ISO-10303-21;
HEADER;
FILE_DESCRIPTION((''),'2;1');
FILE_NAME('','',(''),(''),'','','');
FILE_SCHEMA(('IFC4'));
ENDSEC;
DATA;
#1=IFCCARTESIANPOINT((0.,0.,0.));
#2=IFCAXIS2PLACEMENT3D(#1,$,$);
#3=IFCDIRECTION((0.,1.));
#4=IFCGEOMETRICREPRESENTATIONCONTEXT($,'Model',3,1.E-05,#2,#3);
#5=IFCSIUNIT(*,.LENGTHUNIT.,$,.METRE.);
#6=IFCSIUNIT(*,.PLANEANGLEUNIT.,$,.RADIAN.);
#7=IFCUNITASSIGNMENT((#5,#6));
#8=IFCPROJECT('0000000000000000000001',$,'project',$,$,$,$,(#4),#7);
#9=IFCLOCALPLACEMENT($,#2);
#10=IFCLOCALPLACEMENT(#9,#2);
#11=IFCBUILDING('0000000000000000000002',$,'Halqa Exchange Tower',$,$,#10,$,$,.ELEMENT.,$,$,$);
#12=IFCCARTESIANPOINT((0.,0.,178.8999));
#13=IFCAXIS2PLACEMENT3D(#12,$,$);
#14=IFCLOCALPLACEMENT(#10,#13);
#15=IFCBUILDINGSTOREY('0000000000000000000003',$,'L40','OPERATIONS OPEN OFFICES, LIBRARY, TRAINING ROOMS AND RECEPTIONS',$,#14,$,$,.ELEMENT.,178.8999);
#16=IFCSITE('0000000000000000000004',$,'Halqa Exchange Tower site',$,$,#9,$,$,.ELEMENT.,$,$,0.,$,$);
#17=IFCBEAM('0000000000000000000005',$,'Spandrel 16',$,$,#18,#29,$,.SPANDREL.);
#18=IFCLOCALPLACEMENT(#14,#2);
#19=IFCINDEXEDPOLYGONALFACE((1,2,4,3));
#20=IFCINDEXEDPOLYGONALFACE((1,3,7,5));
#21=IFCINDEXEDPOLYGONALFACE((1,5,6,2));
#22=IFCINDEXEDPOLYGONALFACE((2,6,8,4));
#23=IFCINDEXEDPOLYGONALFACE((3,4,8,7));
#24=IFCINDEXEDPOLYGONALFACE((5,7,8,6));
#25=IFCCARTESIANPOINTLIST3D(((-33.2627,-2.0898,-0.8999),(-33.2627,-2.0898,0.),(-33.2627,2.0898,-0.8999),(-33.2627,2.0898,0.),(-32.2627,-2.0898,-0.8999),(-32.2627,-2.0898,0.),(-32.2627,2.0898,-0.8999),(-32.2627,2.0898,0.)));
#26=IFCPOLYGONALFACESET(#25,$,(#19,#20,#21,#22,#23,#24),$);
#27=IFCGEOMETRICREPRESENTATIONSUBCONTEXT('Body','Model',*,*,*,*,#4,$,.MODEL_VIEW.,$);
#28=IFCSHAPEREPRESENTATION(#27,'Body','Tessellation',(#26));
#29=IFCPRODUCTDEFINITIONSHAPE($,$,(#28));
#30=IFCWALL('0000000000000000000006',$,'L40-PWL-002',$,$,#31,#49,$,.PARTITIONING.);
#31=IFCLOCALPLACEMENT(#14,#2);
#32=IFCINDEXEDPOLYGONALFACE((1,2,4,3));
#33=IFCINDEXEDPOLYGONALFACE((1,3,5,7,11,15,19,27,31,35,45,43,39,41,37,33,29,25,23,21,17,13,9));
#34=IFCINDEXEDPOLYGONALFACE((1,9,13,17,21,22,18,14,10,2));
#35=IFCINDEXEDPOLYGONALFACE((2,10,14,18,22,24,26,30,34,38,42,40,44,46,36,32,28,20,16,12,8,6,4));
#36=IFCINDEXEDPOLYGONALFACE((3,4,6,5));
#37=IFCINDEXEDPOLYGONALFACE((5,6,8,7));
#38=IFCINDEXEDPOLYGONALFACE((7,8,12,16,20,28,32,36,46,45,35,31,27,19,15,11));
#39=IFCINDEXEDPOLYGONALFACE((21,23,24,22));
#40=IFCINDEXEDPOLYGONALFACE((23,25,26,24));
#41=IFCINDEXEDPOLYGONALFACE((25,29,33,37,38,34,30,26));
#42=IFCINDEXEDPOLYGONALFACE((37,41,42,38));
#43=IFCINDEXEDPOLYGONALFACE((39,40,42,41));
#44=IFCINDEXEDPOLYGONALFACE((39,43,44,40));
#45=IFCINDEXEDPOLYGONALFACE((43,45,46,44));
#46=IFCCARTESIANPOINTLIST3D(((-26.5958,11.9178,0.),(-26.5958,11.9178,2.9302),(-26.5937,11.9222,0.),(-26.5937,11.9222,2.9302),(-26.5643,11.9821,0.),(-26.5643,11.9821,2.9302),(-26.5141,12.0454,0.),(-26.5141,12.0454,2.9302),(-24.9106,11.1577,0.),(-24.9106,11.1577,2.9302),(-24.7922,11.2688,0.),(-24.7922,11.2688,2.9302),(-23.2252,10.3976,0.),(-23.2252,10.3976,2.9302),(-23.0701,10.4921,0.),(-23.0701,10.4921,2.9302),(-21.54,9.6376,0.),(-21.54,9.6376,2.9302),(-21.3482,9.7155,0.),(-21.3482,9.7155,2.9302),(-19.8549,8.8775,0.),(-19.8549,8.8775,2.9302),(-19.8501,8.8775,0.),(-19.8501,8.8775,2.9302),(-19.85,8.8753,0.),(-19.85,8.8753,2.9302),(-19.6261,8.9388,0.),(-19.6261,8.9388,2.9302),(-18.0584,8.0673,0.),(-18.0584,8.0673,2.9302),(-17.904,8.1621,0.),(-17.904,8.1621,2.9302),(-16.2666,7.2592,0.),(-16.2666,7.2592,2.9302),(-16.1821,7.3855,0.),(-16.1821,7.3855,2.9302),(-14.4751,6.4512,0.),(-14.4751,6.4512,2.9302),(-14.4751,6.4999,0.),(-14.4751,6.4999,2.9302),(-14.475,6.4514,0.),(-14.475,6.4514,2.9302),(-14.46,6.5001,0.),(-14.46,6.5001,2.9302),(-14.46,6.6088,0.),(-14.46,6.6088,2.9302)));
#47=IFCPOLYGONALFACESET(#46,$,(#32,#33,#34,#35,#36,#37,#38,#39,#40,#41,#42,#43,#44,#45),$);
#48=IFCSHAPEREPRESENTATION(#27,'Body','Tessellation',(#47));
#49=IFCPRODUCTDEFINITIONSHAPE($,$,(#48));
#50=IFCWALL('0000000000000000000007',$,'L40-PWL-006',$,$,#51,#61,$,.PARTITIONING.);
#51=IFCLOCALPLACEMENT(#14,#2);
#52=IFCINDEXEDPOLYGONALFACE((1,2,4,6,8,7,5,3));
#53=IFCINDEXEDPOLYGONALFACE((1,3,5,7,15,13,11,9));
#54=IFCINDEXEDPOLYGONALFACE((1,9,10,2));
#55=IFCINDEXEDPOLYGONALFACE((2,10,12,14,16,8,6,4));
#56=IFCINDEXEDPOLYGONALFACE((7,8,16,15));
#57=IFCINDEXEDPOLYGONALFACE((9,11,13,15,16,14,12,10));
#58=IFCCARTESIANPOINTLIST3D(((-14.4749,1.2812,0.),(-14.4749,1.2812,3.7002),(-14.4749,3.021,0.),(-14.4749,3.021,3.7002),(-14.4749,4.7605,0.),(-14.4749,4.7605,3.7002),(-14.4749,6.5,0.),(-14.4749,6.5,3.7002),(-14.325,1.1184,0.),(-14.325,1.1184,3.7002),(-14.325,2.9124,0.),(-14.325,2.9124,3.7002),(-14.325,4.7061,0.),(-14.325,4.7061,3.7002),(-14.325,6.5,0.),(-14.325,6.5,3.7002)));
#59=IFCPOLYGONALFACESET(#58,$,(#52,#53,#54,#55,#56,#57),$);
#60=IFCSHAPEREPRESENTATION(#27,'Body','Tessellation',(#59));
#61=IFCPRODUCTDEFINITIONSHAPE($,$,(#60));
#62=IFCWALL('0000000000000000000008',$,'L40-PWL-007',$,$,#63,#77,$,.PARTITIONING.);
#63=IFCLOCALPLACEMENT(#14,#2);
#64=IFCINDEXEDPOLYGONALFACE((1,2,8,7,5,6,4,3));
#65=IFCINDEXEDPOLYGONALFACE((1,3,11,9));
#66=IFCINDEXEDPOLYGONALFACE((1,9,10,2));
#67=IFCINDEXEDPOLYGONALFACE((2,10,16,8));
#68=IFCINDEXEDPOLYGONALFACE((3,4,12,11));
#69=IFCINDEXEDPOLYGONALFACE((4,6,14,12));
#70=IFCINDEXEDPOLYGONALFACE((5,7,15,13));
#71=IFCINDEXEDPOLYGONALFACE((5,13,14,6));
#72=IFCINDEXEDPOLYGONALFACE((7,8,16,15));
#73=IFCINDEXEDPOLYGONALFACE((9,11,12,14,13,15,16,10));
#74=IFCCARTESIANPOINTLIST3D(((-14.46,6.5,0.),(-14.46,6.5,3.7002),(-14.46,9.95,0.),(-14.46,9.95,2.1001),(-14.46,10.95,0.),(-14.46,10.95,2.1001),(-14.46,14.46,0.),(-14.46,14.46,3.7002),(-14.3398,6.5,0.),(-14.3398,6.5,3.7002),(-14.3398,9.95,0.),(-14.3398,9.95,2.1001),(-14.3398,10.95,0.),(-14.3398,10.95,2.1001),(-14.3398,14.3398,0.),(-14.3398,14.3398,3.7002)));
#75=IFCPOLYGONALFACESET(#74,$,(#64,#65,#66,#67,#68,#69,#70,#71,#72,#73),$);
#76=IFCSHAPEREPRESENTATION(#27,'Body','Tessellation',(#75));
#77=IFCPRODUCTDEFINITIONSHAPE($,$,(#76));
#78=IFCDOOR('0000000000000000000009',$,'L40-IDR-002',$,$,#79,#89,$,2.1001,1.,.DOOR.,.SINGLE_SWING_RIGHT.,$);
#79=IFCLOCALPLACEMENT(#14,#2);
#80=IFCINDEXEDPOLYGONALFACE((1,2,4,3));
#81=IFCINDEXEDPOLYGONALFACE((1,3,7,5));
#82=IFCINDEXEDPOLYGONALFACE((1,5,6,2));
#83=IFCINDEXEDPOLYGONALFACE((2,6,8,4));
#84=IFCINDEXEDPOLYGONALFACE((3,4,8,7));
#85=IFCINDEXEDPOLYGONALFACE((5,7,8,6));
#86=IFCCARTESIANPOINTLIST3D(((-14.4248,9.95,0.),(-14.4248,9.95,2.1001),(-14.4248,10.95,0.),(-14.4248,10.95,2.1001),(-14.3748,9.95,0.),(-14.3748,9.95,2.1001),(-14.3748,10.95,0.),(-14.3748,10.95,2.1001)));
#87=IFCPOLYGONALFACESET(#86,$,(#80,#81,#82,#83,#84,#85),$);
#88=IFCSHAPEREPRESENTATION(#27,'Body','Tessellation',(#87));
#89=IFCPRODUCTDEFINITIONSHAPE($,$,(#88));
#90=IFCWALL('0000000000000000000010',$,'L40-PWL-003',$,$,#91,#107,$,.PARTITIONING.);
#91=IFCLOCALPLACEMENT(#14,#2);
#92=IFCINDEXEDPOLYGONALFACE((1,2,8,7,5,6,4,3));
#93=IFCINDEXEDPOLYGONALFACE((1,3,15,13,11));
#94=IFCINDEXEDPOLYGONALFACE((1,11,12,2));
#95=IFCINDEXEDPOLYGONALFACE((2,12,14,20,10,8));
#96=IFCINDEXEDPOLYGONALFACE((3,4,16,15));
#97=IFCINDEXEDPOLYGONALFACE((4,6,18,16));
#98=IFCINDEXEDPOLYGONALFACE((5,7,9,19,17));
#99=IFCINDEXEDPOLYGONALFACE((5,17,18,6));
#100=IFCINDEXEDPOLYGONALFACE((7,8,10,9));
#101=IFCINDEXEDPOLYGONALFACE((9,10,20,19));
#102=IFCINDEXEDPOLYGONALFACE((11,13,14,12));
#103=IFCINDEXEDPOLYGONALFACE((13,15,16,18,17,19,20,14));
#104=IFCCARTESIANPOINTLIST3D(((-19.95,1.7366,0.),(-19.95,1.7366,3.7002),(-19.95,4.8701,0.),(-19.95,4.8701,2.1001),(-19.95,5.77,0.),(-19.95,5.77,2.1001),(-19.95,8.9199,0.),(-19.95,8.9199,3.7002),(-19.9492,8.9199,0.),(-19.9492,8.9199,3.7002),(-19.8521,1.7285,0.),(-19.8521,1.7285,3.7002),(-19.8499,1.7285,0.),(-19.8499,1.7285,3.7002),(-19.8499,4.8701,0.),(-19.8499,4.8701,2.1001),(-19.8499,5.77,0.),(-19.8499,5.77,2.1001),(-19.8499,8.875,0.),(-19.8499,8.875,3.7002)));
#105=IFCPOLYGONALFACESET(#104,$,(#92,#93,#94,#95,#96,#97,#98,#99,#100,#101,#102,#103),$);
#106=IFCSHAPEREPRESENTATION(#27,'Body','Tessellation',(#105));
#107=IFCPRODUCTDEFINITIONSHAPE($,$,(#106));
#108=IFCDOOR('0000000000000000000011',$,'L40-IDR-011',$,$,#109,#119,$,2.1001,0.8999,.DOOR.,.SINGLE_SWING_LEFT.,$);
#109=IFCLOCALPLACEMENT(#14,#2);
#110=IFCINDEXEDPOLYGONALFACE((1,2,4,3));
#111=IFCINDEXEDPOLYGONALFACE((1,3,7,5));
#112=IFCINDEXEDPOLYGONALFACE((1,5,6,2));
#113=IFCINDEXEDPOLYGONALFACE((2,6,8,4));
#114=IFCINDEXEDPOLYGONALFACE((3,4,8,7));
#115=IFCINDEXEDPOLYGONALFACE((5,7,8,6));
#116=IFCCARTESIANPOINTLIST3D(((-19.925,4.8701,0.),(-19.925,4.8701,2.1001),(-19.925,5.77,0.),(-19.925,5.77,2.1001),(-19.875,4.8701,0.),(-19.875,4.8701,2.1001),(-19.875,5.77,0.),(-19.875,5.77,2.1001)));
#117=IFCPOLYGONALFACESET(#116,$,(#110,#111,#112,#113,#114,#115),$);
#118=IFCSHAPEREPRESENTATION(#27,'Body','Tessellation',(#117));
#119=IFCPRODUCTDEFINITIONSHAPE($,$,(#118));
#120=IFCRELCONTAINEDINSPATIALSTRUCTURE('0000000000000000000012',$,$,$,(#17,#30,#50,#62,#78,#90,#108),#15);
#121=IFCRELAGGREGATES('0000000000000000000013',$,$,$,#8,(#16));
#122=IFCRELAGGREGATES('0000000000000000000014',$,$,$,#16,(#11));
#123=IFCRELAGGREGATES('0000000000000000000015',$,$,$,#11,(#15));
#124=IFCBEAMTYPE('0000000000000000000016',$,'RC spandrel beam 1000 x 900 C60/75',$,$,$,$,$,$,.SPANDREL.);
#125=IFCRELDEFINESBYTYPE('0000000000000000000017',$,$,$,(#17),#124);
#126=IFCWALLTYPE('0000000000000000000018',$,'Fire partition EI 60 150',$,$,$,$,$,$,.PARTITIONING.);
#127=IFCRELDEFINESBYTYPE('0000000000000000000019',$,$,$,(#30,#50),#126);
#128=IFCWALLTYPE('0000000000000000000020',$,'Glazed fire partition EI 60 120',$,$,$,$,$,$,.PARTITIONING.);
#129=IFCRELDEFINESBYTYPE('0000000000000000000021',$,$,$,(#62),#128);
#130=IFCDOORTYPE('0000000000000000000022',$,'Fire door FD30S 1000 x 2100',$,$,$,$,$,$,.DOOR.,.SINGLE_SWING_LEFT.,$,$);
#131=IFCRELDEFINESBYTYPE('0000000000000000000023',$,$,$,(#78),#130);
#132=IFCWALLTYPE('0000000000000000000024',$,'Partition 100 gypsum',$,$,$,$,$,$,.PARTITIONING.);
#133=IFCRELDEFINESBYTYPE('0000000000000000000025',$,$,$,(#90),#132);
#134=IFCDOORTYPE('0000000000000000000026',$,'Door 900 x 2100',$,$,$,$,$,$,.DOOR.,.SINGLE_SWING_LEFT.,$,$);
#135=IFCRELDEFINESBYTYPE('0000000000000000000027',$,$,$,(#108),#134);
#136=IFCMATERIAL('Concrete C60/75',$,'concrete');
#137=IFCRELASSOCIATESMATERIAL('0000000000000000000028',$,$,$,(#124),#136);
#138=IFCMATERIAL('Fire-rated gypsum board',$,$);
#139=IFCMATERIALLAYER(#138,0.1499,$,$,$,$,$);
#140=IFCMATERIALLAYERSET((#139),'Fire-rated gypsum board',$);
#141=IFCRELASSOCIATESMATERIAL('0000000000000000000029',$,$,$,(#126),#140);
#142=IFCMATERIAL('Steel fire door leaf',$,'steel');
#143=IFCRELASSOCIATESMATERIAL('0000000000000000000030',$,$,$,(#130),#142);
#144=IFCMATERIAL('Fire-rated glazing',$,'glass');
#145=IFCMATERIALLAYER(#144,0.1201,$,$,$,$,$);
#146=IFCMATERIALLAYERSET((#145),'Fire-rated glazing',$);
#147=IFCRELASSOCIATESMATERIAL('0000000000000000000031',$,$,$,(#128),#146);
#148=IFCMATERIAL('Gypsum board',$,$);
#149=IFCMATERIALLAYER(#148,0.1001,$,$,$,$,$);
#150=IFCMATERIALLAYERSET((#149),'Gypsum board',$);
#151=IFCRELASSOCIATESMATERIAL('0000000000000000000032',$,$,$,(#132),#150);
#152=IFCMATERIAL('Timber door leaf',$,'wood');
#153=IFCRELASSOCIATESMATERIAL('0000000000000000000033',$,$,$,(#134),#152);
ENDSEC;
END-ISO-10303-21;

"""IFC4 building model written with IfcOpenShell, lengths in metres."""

from ifc_helpers import new_model, si_unit, direction, frame, frame_2d, origin, origin_2d, place, context, subcontext, project, spatial, polyline, rectangle, outline, extrude, material, layer, layer_set, material_profile, profile_set, type_object, element, fill, save


model = new_model("IFC4")

# Units and contexts
model_context = context("Model", 3, precision=1e-05, world=origin(), true_north=direction((0.0, 1.0)))
body_context = subcontext(model_context, "Body", "Model", "MODEL_VIEW")
ifc_project = project(units=[si_unit("LENGTHUNIT", "METRE"), si_unit("PLANEANGLEUNIT", "RADIAN")], contexts=[model_context])

# Site, building, storey
site_placement = place(None, origin())
site = spatial("IfcSite", under=ifc_project, at=site_placement, Name="Halqa Exchange Tower site", CompositionType="ELEMENT", RefElevation=0.0)
building_placement = place(site_placement, origin())
building = spatial("IfcBuilding", under=site, at=building_placement, Name="Halqa Exchange Tower", CompositionType="ELEMENT")
storey_placement = place(building_placement, frame((0.0, 0.0, 178.8999)))
storey = spatial("IfcBuildingStorey", under=building, at=storey_placement, Name="L40", Description="OPERATIONS OPEN OFFICES, LIBRARY, TRAINING ROOMS AND RECEPTIONS", CompositionType="ELEMENT", Elevation=178.8999)

# Beam
ifc_material_1 = material(Name="Concrete C60/75", Category="concrete")
ifc_material_profile_1 = material_profile(ifc_material_1, rectangle(XDim=1.0, YDim=0.8999, at=origin_2d()), Name="1000 x 900")
ifc_profile_set_1 = profile_set([ifc_material_profile_1], Name="Concrete C60/75")
beam_type_1 = type_object("IfcBeamType", Name="RC spandrel beam 1000 x 900 C60/75", PredefinedType="SPANDREL", material=ifc_profile_set_1)
beam_1_placement = place(storey_placement, frame((-32.7627, 2.0898, -0.45), z_axis=(0.0, -1.0, 0.0), x_axis=(1.0, 0.0, 0.0)))
element("IfcBeam", 1, at=beam_1_placement, inside=storey, type_object=beam_type_1, Name="Spandrel 16", PredefinedType="SPANDREL", context=body_context, shape_type="SweptSolid", body=[
    extrude(rectangle(XDim=1.0, YDim=0.8999, at=origin_2d()), origin(), (0.0, 0.0, 1.0), 4.1797),
])

# Shared definitions
ifc_material_2 = material(Name="Fire-rated gypsum board")
ifc_layer_1 = layer(ifc_material_2, 0.1499)
ifc_layer_set_1 = layer_set([ifc_layer_1], Name="Fire-rated gypsum board")
wall_type_1 = type_object("IfcWallType", Name="Fire partition EI 60 150", PredefinedType="PARTITIONING", material=ifc_layer_set_1)
ifc_material_3 = material(Name="Steel fire door leaf", Category="steel")
door_type_1 = type_object("IfcDoorType", Name="Fire door FD30S 1000 x 2100", OperationType="SINGLE_SWING_LEFT", PredefinedType="DOOR", material=ifc_material_3)

# Walls
wall_1_placement = place(storey_placement, frame((-26.5649, 11.9861, 0.0), z_axis=(0.0, 0.0, 1.0), x_axis=(0.911576, -0.411133, 0.0)))
element("IfcWall", 2, at=wall_1_placement, inside=storey, type_object=wall_type_1, Name="L40-PWL-002", PredefinedType="PARTITIONING", context=body_context, shape_type="SweptSolid", body=[
    extrude(outline(polyline([(0.0, -0.075), (1.8486, -0.075), (3.6975, -0.075), (5.5461, -0.075), (7.3948, -0.075), (7.3992, -0.073), (7.4001, -0.075), (9.3655, -0.075), (11.3311, -0.075), (13.2964, -0.075), (13.2964, -0.0747), (13.2764, -0.0305), (13.29, -0.0242), (13.2454, 0.075), (11.3562, 0.075), (9.4673, 0.075), (7.5781, 0.075), (5.689, 0.075), (3.8, 0.075), (1.9109, 0.075), (0.022, 0.075), (0.0022, -0.0034), (0.0, -0.0701), (0.0, -0.075)])), origin(), (0.0, 0.0, 1.0), 2.9302),
])
wall_2_placement = place(storey_placement, frame((-14.3999, 1.1184, 0.0), z_axis=(0.0, 0.0, 1.0), x_axis=(0.0, 1.0, 0.0)))
element("IfcWall", 3, at=wall_2_placement, inside=storey, type_object=wall_type_1, Name="L40-PWL-006", PredefinedType="PARTITIONING", context=body_context, shape_type="SweptSolid", body=[
    extrude(outline(polyline([(5.3816, 0.075), (3.6421, 0.075), (1.9026, 0.075), (0.1628, 0.075), (0.0, -0.075), (1.7939, -0.075), (3.5876, -0.075), (5.3816, -0.075), (5.3816, 0.075)])), origin(), (0.0, 0.0, 1.0), 3.7002),
])

# Walls, openings, doors
ifc_material_4 = material(Name="Fire-rated glazing", Category="glass")
ifc_layer_2 = layer(ifc_material_4, 0.1201)
ifc_layer_set_2 = layer_set([ifc_layer_2], Name="Fire-rated glazing")
wall_type_2 = type_object("IfcWallType", Name="Glazed fire partition EI 60 120", PredefinedType="PARTITIONING", material=ifc_layer_set_2)
wall_3_placement = place(storey_placement, frame((-14.3999, 6.5, 0.0), z_axis=(0.0, 0.0, 1.0), x_axis=(0.0, 1.0, 0.0)))
wall_3 = element("IfcWall", 4, at=wall_3_placement, inside=storey, type_object=wall_type_2, Name="L40-PWL-007", PredefinedType="PARTITIONING", context=body_context, shape_type="SweptSolid", body=[
    extrude(outline(polyline([(0.0, -0.0601), (1.96, -0.0601), (3.9199, -0.0601), (5.8799, -0.0601), (7.8398, -0.0601), (7.96, 0.0601), (5.97, 0.0601), (3.98, 0.0601), (1.99, 0.0601), (0.0, 0.0601), (0.0, -0.0601)])), origin(), (0.0, 0.0, 1.0), 3.7002),
])
opening_1_placement = place(wall_3_placement, frame((3.45, 0.0, 0.0)))
opening_1 = element("IfcOpeningElement", 5, at=opening_1_placement, cuts=wall_3, PredefinedType="OPENING", context=body_context, shape_type="SweptSolid", body=[
    extrude(rectangle(XDim=1.0, YDim=2.1001, at=frame_2d((0.5, 1.05))), frame((0.0, 0.072, 0.0), z_axis=(0.0, -1.0, 0.0), x_axis=(1.0, 0.0, 0.0)), (0.0, 0.0, 1.0), 0.144),
])
door_1_placement = place(opening_1_placement, origin())
door_1 = element("IfcDoor", 6, at=door_1_placement, inside=storey, type_object=door_type_1, Name="L40-IDR-002", OperationType="SINGLE_SWING_RIGHT", OverallHeight=2.1001, OverallWidth=1.0, PredefinedType="DOOR", context=body_context, shape_type="SweptSolid", body=[
    extrude(rectangle(XDim=1.0, YDim=2.1001, at=frame_2d((0.5, 1.05))), frame((0.0, 0.0249, 0.0), z_axis=(0.0, -1.0, 0.0), x_axis=(1.0, 0.0, 0.0)), (0.0, 0.0, 1.0), 0.05),
])
fill(opening_1, door_1)
ifc_material_5 = material(Name="Gypsum board")
ifc_layer_3 = layer(ifc_material_5, 0.1001)
ifc_layer_set_3 = layer_set([ifc_layer_3], Name="Gypsum board")
wall_type_3 = type_object("IfcWallType", Name="Partition 100 gypsum", PredefinedType="PARTITIONING", material=ifc_layer_set_3)
wall_4_placement = place(storey_placement, frame((-19.8999, 1.7285, 0.0), z_axis=(0.0, 0.0, 1.0), x_axis=(0.0, 1.0, 0.0)))
wall_4 = element("IfcWall", 7, at=wall_4_placement, inside=storey, type_object=wall_type_3, Name="L40-PWL-003", PredefinedType="PARTITIONING", context=body_context, shape_type="SweptSolid", body=[
    extrude(outline(polyline([(0.0, -0.05), (1.7866, -0.05), (3.5732, -0.05), (5.3599, -0.05), (7.1465, -0.05), (7.1914, 0.0493), (7.1914, 0.05), (5.3955, 0.05), (3.5999, 0.05), (1.804, 0.05), (0.0081, 0.05), (0.0, -0.0479), (0.0, -0.05)])), origin(), (0.0, 0.0, 1.0), 3.7002),
])
opening_2_placement = place(wall_4_placement, frame((3.1416, 0.0, 0.0)))
opening_2 = element("IfcOpeningElement", 8, at=opening_2_placement, cuts=wall_4, PredefinedType="OPENING", context=body_context, shape_type="SweptSolid", body=[
    extrude(rectangle(XDim=0.8999, YDim=2.1001, at=frame_2d((0.45, 1.05))), frame((0.0, 0.062, 0.0), z_axis=(0.0, -1.0, 0.0), x_axis=(1.0, 0.0, 0.0)), (0.0, 0.0, 1.0), 0.124),
])
ifc_material_6 = material(Name="Timber door leaf", Category="wood")
door_type_2 = type_object("IfcDoorType", Name="Door 900 x 2100", OperationType="SINGLE_SWING_LEFT", PredefinedType="DOOR", material=ifc_material_6)
door_2_placement = place(opening_2_placement, frame((0.8999, 0.0, 0.0), z_axis=(0.0, 0.0, 1.0), x_axis=(-1.0, 0.0, 0.0)))
door_2 = element("IfcDoor", 9, at=door_2_placement, inside=storey, type_object=door_type_2, Name="L40-IDR-011", OperationType="SINGLE_SWING_LEFT", OverallHeight=2.1001, OverallWidth=0.8999, PredefinedType="DOOR", context=body_context, shape_type="SweptSolid", body=[
    extrude(rectangle(XDim=0.8999, YDim=2.1001, at=frame_2d((0.45, 1.05))), frame((0.0, 0.0249, 0.0), z_axis=(0.0, -1.0, 0.0), x_axis=(1.0, 0.0, 0.0)), (0.0, 0.0, 1.0), 0.05),
])
fill(opening_2, door_2)

save(model, "model.ifc")
